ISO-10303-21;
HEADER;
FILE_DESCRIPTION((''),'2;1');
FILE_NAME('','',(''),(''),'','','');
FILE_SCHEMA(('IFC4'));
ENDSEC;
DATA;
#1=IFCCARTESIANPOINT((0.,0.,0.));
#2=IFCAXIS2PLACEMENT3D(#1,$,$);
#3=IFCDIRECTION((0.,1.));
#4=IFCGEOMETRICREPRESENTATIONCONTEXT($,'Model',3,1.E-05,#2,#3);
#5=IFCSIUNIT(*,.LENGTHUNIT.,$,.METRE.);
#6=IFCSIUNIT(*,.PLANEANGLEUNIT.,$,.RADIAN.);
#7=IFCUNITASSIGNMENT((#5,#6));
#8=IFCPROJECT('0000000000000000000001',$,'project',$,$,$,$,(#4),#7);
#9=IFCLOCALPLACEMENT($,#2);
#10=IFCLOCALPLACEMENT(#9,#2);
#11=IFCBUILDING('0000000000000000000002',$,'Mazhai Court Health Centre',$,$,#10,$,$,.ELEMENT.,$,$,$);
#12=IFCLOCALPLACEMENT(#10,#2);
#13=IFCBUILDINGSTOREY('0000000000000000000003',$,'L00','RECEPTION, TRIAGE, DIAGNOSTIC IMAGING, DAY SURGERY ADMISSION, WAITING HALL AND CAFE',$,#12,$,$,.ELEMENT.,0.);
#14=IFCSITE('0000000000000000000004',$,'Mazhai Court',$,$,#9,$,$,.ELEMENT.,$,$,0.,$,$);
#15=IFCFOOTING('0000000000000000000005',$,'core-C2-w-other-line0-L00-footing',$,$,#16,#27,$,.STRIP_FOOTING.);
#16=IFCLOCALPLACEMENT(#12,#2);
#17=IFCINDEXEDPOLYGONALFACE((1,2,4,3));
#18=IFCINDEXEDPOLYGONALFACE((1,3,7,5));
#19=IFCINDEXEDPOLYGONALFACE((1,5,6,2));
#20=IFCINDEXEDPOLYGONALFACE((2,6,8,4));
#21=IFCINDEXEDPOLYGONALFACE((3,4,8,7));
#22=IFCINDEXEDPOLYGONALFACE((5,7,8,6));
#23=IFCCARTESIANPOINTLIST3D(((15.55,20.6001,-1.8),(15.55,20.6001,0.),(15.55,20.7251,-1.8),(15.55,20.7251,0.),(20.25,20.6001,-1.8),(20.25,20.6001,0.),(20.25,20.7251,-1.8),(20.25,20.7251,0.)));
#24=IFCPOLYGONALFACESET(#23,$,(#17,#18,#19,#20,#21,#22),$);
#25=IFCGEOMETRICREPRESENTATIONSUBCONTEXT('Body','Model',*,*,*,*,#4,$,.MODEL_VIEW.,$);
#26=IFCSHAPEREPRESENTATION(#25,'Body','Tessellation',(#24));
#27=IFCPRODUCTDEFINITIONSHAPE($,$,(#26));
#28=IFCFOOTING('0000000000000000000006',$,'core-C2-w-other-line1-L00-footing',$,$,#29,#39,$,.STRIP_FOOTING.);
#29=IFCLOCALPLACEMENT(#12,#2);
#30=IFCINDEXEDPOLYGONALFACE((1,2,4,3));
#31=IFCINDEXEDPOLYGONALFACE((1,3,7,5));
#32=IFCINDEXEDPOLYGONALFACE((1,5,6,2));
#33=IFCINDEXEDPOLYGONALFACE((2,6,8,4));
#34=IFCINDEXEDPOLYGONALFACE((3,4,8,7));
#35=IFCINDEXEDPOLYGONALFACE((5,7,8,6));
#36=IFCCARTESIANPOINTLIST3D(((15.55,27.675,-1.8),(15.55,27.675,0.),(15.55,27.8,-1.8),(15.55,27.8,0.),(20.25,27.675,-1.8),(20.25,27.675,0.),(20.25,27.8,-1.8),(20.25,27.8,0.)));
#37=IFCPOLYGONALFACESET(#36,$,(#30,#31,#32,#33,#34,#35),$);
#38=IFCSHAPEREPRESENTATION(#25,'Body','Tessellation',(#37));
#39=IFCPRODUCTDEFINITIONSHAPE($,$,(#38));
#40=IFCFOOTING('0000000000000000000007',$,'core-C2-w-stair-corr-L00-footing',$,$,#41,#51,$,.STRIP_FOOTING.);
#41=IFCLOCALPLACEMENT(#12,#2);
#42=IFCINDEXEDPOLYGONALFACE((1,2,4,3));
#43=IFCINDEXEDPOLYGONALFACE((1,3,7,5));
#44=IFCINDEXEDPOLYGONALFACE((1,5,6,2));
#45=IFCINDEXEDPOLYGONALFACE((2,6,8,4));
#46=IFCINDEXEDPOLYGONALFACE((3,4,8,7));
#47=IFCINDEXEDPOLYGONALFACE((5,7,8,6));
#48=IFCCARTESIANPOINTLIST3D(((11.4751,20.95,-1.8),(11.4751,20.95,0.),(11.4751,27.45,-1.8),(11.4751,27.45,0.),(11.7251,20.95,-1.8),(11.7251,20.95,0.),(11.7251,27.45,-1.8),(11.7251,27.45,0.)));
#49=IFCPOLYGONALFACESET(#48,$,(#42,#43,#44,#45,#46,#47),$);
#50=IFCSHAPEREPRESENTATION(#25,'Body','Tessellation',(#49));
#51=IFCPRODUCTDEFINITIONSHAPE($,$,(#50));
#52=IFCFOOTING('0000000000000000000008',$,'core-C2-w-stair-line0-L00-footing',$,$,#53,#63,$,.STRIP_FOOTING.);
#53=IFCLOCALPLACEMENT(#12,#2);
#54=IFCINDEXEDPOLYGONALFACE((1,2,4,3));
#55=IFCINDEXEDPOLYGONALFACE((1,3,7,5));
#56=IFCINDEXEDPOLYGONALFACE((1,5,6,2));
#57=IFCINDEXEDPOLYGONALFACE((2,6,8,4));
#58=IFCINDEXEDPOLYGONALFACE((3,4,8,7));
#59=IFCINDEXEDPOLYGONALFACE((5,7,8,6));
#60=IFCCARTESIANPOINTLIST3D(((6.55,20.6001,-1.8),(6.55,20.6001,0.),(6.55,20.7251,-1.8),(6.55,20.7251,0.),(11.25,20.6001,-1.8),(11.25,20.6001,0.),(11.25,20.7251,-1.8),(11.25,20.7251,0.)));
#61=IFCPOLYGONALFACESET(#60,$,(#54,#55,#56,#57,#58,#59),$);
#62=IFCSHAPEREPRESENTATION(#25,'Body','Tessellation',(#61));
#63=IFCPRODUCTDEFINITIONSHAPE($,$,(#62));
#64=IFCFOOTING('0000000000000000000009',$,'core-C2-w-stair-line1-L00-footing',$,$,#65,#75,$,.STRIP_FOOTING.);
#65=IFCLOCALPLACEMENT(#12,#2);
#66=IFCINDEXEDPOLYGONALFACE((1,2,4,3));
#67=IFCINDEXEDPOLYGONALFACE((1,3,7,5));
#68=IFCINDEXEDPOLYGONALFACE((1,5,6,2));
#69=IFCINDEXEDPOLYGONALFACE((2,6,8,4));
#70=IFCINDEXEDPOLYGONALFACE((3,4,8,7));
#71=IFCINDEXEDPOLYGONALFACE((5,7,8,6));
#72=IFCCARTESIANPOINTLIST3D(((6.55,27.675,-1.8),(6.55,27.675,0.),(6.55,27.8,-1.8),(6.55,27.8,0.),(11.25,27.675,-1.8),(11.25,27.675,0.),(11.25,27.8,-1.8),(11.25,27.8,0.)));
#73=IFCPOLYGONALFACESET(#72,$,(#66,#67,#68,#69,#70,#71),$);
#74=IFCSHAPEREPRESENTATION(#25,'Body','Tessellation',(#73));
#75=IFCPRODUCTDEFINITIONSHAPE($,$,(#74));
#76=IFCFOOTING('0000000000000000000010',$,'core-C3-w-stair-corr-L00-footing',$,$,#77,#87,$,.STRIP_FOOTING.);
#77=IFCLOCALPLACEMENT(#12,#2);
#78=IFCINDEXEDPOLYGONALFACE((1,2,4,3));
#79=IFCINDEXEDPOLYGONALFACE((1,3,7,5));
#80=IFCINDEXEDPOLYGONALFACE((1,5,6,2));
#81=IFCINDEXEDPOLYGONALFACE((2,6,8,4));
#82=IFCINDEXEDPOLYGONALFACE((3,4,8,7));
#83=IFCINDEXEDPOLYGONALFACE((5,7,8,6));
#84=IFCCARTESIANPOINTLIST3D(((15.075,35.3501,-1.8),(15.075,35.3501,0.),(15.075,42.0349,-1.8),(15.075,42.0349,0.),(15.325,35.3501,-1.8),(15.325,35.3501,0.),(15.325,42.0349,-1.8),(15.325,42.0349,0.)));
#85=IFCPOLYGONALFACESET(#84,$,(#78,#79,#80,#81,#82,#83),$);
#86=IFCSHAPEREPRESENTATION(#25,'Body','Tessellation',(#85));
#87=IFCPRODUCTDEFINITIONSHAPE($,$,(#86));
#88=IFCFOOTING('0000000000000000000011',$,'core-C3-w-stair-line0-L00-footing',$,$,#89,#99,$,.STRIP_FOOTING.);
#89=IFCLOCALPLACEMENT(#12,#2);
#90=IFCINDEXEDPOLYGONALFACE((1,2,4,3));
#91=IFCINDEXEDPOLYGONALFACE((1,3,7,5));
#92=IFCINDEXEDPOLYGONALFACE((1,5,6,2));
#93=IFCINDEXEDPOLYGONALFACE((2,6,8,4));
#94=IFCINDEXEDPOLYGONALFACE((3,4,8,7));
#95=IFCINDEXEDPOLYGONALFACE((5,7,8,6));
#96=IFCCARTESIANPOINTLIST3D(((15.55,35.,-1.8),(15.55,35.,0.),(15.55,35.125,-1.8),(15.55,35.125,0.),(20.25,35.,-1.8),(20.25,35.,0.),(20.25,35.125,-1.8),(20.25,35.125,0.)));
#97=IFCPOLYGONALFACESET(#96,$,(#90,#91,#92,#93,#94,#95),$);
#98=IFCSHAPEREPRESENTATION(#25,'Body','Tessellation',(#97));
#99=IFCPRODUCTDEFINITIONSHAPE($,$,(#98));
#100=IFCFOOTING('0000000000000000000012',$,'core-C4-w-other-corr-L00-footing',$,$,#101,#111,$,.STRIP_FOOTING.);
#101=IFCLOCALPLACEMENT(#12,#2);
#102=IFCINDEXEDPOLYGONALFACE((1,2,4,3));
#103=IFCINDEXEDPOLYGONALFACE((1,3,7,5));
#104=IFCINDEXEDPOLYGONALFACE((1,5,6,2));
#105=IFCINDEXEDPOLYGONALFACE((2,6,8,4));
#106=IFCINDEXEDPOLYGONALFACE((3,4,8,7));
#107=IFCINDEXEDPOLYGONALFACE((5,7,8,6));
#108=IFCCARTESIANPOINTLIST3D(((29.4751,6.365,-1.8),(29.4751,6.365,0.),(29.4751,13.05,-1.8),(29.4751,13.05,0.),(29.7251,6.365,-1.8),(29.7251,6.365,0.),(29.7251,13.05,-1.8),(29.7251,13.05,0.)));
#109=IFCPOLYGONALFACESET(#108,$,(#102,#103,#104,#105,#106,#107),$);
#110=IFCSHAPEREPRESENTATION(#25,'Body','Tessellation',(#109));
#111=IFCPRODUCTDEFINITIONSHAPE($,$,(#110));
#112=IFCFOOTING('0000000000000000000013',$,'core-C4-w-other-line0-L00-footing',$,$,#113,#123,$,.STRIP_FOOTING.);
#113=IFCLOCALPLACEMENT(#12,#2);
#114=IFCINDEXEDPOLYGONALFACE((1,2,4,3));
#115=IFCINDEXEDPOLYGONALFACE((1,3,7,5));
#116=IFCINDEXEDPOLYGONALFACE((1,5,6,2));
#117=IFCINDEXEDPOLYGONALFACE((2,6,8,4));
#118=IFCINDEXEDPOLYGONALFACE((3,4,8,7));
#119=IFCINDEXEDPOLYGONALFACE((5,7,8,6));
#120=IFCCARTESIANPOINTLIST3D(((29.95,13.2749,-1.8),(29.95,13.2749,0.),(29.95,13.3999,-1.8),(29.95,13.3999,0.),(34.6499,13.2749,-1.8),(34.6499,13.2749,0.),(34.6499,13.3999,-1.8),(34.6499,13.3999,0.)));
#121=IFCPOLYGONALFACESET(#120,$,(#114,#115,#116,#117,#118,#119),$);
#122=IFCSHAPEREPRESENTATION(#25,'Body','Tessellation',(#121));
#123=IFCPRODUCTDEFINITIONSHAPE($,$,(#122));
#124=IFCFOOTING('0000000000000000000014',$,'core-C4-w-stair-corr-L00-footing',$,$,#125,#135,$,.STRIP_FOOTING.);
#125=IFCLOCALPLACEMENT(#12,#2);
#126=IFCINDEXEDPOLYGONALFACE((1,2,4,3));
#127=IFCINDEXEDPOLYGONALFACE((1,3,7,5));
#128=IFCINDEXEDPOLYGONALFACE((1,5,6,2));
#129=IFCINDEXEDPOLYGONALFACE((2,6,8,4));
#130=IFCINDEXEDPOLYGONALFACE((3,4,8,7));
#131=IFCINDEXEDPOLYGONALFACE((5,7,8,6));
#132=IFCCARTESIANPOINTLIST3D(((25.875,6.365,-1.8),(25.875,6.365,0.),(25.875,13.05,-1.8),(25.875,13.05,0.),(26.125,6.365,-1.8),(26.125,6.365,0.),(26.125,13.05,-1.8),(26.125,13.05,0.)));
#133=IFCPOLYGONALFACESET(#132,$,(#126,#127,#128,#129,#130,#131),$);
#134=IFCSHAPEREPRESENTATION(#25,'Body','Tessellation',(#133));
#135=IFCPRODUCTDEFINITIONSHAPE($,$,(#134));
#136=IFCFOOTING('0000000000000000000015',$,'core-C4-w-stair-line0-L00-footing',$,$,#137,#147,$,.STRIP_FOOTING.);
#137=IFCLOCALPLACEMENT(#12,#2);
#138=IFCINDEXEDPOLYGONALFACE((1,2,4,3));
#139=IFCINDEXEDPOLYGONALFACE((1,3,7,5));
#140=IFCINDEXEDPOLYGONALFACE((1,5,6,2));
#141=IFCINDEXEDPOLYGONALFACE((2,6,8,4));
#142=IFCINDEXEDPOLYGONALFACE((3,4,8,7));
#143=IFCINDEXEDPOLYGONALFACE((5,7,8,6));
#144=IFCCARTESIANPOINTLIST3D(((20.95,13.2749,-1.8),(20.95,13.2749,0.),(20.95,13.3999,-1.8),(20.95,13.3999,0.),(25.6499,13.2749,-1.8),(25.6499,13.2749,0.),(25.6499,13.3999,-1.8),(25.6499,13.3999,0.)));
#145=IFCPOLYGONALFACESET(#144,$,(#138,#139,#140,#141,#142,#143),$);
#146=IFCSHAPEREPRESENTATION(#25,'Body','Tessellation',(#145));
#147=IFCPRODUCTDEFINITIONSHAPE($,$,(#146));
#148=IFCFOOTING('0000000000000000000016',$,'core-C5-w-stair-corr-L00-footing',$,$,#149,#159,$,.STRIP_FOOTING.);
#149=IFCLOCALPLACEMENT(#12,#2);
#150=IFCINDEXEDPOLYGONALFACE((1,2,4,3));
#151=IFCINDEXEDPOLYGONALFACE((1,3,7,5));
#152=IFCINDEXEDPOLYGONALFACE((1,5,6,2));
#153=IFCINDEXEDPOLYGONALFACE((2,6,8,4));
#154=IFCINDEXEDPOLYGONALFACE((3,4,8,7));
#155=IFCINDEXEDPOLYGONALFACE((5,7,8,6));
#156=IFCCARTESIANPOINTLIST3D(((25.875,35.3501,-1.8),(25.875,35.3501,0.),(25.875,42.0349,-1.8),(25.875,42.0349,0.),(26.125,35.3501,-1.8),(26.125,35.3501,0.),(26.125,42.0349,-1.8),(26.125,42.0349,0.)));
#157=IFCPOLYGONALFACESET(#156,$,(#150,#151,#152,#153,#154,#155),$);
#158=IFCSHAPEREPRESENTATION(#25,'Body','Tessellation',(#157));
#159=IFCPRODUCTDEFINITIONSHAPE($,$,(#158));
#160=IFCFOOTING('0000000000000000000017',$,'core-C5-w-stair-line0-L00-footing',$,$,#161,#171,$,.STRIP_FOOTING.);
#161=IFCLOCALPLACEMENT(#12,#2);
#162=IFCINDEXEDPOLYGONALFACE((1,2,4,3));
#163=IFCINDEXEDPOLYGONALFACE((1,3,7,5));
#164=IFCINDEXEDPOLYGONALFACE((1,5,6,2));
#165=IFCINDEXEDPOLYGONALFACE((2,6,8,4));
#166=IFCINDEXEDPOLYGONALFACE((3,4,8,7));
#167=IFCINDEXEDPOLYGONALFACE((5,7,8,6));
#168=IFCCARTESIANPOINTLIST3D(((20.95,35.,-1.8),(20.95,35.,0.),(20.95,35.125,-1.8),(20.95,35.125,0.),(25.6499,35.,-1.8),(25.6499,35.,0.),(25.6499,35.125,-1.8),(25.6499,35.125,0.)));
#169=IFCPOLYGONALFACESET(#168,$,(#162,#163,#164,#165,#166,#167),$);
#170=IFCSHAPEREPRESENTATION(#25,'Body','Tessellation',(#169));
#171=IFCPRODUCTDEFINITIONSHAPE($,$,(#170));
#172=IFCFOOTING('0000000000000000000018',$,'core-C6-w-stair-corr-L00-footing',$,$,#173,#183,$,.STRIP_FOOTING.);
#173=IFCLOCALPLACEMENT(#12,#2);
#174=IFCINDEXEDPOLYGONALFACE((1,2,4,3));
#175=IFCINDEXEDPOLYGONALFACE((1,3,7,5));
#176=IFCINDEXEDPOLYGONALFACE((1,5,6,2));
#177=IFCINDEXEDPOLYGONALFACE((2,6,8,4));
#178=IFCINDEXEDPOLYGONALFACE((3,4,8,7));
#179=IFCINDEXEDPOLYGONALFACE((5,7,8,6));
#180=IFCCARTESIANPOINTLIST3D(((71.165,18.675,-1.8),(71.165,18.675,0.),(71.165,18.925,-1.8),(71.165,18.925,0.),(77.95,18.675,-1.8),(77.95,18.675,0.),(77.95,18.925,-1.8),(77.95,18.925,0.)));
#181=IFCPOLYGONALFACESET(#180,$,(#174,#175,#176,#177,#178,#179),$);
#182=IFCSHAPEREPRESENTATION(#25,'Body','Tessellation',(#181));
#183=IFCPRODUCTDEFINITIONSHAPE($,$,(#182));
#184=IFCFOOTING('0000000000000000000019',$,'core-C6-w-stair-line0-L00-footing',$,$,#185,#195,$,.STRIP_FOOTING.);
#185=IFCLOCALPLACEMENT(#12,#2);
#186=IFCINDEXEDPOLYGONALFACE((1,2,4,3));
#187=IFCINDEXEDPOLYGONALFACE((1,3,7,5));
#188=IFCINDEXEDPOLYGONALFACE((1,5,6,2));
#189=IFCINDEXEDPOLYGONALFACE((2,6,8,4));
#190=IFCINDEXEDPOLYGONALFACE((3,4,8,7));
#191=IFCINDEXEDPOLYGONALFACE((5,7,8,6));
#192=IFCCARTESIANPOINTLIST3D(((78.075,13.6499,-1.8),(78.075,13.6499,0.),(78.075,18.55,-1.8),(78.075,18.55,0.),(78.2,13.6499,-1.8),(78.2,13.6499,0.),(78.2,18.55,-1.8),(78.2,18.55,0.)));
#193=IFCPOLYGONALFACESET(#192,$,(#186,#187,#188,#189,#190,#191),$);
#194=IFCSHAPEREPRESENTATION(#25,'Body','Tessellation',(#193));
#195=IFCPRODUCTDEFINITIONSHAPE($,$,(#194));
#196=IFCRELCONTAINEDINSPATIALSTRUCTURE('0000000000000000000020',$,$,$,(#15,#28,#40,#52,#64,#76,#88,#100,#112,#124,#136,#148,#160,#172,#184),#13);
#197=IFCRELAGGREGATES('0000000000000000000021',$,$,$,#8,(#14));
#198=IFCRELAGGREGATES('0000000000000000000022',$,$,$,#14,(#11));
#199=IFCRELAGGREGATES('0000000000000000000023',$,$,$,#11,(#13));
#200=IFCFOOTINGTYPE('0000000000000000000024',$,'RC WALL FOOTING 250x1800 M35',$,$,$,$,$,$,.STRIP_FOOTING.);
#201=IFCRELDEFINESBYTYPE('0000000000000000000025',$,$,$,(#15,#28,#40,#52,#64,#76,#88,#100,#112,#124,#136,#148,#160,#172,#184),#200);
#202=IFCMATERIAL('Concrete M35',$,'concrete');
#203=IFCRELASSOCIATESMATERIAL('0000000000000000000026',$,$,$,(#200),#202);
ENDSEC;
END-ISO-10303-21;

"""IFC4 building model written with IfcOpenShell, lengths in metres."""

from ifc_helpers import new_model, si_unit, direction, frame, origin, place, context, subcontext, project, spatial, polyline, outline, extrude, material, type_object, element, save


model = new_model("IFC4")

# Units and contexts
model_context = context("Model", 3, precision=1e-05, world=origin(), true_north=direction((0.0, 1.0)))
body_context = subcontext(model_context, "Body", "Model", "MODEL_VIEW")
ifc_project = project(units=[si_unit("LENGTHUNIT", "METRE"), si_unit("PLANEANGLEUNIT", "RADIAN")], contexts=[model_context])

# Site, building, storey
site_placement = place(None, origin())
site = spatial("IfcSite", under=ifc_project, at=site_placement, Name="Mazhai Court", CompositionType="ELEMENT", RefElevation=0.0)
building_placement = place(site_placement, origin())
building = spatial("IfcBuilding", under=site, at=building_placement, Name="Mazhai Court Health Centre", CompositionType="ELEMENT")
storey_placement = place(building_placement, origin())
storey = spatial("IfcBuildingStorey", under=building, at=storey_placement, Name="L00", Description="RECEPTION, TRIAGE, DIAGNOSTIC IMAGING, DAY SURGERY ADMISSION, WAITING HALL AND CAFE", CompositionType="ELEMENT", Elevation=0.0)

# Footings
ifc_material_1 = material(Name="Concrete M35", Category="concrete")
footing_type_1 = type_object("IfcFootingType", Name="RC WALL FOOTING 250x1800 M35", PredefinedType="STRIP_FOOTING", material=ifc_material_1)
footing_1_placement = place(storey_placement, frame((0.0, 0.0, -1.8)))
element("IfcFooting", 1, at=footing_1_placement, inside=storey, type_object=footing_type_1, Name="core-C2-w-other-line0-L00-footing", PredefinedType="STRIP_FOOTING", context=body_context, shape_type="SweptSolid", body=[
    extrude(outline(polyline([(20.25, 20.7251), (20.25, 20.6001), (15.55, 20.6001), (15.55, 20.7251), (20.25, 20.7251)])), origin(), (0.0, 0.0, 1.0), 1.8),
])
footing_2_placement = place(storey_placement, frame((0.0, 0.0, -1.8)))
element("IfcFooting", 2, at=footing_2_placement, inside=storey, type_object=footing_type_1, Name="core-C2-w-other-line1-L00-footing", PredefinedType="STRIP_FOOTING", context=body_context, shape_type="SweptSolid", body=[
    extrude(outline(polyline([(15.55, 27.675), (15.55, 27.8), (20.25, 27.8), (20.25, 27.675), (15.55, 27.675)])), origin(), (0.0, 0.0, 1.0), 1.8),
])
footing_3_placement = place(storey_placement, frame((0.0, 0.0, -1.8)))
element("IfcFooting", 3, at=footing_3_placement, inside=storey, type_object=footing_type_1, Name="core-C2-w-stair-corr-L00-footing", PredefinedType="STRIP_FOOTING", context=body_context, shape_type="SweptSolid", body=[
    extrude(outline(polyline([(11.4751, 27.45), (11.7251, 27.45), (11.7251, 20.95), (11.4751, 20.95), (11.4751, 27.45)])), origin(), (0.0, 0.0, 1.0), 1.8),
])
footing_4_placement = place(storey_placement, frame((0.0, 0.0, -1.8)))
element("IfcFooting", 4, at=footing_4_placement, inside=storey, type_object=footing_type_1, Name="core-C2-w-stair-line0-L00-footing", PredefinedType="STRIP_FOOTING", context=body_context, shape_type="SweptSolid", body=[
    extrude(outline(polyline([(11.25, 20.7251), (11.25, 20.6001), (6.55, 20.6001), (6.55, 20.7251), (11.25, 20.7251)])), origin(), (0.0, 0.0, 1.0), 1.8),
])
footing_5_placement = place(storey_placement, frame((0.0, 0.0, -1.8)))
element("IfcFooting", 5, at=footing_5_placement, inside=storey, type_object=footing_type_1, Name="core-C2-w-stair-line1-L00-footing", PredefinedType="STRIP_FOOTING", context=body_context, shape_type="SweptSolid", body=[
    extrude(outline(polyline([(6.55, 27.675), (6.55, 27.8), (11.25, 27.8), (11.25, 27.675), (6.55, 27.675)])), origin(), (0.0, 0.0, 1.0), 1.8),
])
footing_6_placement = place(storey_placement, frame((0.0, 0.0, -1.8)))
element("IfcFooting", 6, at=footing_6_placement, inside=storey, type_object=footing_type_1, Name="core-C3-w-stair-corr-L00-footing", PredefinedType="STRIP_FOOTING", context=body_context, shape_type="SweptSolid", body=[
    extrude(outline(polyline([(15.075, 42.0349), (15.325, 42.0349), (15.325, 35.3501), (15.075, 35.3501), (15.075, 42.0349)])), origin(), (0.0, 0.0, 1.0), 1.8),
])
footing_7_placement = place(storey_placement, frame((0.0, 0.0, -1.8)))
element("IfcFooting", 7, at=footing_7_placement, inside=storey, type_object=footing_type_1, Name="core-C3-w-stair-line0-L00-footing", PredefinedType="STRIP_FOOTING", context=body_context, shape_type="SweptSolid", body=[
    extrude(outline(polyline([(20.25, 35.125), (20.25, 35.0), (15.55, 35.0), (15.55, 35.125), (20.25, 35.125)])), origin(), (0.0, 0.0, 1.0), 1.8),
])
footing_8_placement = place(storey_placement, frame((0.0, 0.0, -1.8)))
element("IfcFooting", 8, at=footing_8_placement, inside=storey, type_object=footing_type_1, Name="core-C4-w-other-corr-L00-footing", PredefinedType="STRIP_FOOTING", context=body_context, shape_type="SweptSolid", body=[
    extrude(outline(polyline([(29.4751, 13.05), (29.7251, 13.05), (29.7251, 6.365), (29.4751, 6.365), (29.4751, 13.05)])), origin(), (0.0, 0.0, 1.0), 1.8),
])
footing_9_placement = place(storey_placement, frame((0.0, 0.0, -1.8)))
element("IfcFooting", 9, at=footing_9_placement, inside=storey, type_object=footing_type_1, Name="core-C4-w-other-line0-L00-footing", PredefinedType="STRIP_FOOTING", context=body_context, shape_type="SweptSolid", body=[
    extrude(outline(polyline([(29.95, 13.2749), (29.95, 13.3999), (34.6499, 13.3999), (34.6499, 13.2749), (29.95, 13.2749)])), origin(), (0.0, 0.0, 1.0), 1.8),
])
footing_10_placement = place(storey_placement, frame((0.0, 0.0, -1.8)))
element("IfcFooting", 10, at=footing_10_placement, inside=storey, type_object=footing_type_1, Name="core-C4-w-stair-corr-L00-footing", PredefinedType="STRIP_FOOTING", context=body_context, shape_type="SweptSolid", body=[
    extrude(outline(polyline([(25.875, 13.05), (26.125, 13.05), (26.125, 6.365), (25.875, 6.365), (25.875, 13.05)])), origin(), (0.0, 0.0, 1.0), 1.8),
])
footing_11_placement = place(storey_placement, frame((0.0, 0.0, -1.8)))
element("IfcFooting", 11, at=footing_11_placement, inside=storey, type_object=footing_type_1, Name="core-C4-w-stair-line0-L00-footing", PredefinedType="STRIP_FOOTING", context=body_context, shape_type="SweptSolid", body=[
    extrude(outline(polyline([(20.95, 13.2749), (20.95, 13.3999), (25.6499, 13.3999), (25.6499, 13.2749), (20.95, 13.2749)])), origin(), (0.0, 0.0, 1.0), 1.8),
])
footing_12_placement = place(storey_placement, frame((0.0, 0.0, -1.8)))
element("IfcFooting", 12, at=footing_12_placement, inside=storey, type_object=footing_type_1, Name="core-C5-w-stair-corr-L00-footing", PredefinedType="STRIP_FOOTING", context=body_context, shape_type="SweptSolid", body=[
    extrude(outline(polyline([(25.875, 42.0349), (26.125, 42.0349), (26.125, 35.3501), (25.875, 35.3501), (25.875, 42.0349)])), origin(), (0.0, 0.0, 1.0), 1.8),
])
footing_13_placement = place(storey_placement, frame((0.0, 0.0, -1.8)))
element("IfcFooting", 13, at=footing_13_placement, inside=storey, type_object=footing_type_1, Name="core-C5-w-stair-line0-L00-footing", PredefinedType="STRIP_FOOTING", context=body_context, shape_type="SweptSolid", body=[
    extrude(outline(polyline([(25.6499, 35.125), (25.6499, 35.0), (20.95, 35.0), (20.95, 35.125), (25.6499, 35.125)])), origin(), (0.0, 0.0, 1.0), 1.8),
])
footing_14_placement = place(storey_placement, frame((0.0, 0.0, -1.8)))
element("IfcFooting", 14, at=footing_14_placement, inside=storey, type_object=footing_type_1, Name="core-C6-w-stair-corr-L00-footing", PredefinedType="STRIP_FOOTING", context=body_context, shape_type="SweptSolid", body=[
    extrude(outline(polyline([(77.95, 18.925), (77.95, 18.675), (71.165, 18.675), (71.165, 18.925), (77.95, 18.925)])), origin(), (0.0, 0.0, 1.0), 1.8),
])
footing_15_placement = place(storey_placement, frame((0.0, 0.0, -1.8)))
element("IfcFooting", 15, at=footing_15_placement, inside=storey, type_object=footing_type_1, Name="core-C6-w-stair-line0-L00-footing", PredefinedType="STRIP_FOOTING", context=body_context, shape_type="SweptSolid", body=[
    extrude(outline(polyline([(78.075, 18.55), (78.2, 18.55), (78.2, 13.6499), (78.075, 13.6499), (78.075, 18.55)])), origin(), (0.0, 0.0, 1.0), 1.8),
])

save(model, "model.ifc")
